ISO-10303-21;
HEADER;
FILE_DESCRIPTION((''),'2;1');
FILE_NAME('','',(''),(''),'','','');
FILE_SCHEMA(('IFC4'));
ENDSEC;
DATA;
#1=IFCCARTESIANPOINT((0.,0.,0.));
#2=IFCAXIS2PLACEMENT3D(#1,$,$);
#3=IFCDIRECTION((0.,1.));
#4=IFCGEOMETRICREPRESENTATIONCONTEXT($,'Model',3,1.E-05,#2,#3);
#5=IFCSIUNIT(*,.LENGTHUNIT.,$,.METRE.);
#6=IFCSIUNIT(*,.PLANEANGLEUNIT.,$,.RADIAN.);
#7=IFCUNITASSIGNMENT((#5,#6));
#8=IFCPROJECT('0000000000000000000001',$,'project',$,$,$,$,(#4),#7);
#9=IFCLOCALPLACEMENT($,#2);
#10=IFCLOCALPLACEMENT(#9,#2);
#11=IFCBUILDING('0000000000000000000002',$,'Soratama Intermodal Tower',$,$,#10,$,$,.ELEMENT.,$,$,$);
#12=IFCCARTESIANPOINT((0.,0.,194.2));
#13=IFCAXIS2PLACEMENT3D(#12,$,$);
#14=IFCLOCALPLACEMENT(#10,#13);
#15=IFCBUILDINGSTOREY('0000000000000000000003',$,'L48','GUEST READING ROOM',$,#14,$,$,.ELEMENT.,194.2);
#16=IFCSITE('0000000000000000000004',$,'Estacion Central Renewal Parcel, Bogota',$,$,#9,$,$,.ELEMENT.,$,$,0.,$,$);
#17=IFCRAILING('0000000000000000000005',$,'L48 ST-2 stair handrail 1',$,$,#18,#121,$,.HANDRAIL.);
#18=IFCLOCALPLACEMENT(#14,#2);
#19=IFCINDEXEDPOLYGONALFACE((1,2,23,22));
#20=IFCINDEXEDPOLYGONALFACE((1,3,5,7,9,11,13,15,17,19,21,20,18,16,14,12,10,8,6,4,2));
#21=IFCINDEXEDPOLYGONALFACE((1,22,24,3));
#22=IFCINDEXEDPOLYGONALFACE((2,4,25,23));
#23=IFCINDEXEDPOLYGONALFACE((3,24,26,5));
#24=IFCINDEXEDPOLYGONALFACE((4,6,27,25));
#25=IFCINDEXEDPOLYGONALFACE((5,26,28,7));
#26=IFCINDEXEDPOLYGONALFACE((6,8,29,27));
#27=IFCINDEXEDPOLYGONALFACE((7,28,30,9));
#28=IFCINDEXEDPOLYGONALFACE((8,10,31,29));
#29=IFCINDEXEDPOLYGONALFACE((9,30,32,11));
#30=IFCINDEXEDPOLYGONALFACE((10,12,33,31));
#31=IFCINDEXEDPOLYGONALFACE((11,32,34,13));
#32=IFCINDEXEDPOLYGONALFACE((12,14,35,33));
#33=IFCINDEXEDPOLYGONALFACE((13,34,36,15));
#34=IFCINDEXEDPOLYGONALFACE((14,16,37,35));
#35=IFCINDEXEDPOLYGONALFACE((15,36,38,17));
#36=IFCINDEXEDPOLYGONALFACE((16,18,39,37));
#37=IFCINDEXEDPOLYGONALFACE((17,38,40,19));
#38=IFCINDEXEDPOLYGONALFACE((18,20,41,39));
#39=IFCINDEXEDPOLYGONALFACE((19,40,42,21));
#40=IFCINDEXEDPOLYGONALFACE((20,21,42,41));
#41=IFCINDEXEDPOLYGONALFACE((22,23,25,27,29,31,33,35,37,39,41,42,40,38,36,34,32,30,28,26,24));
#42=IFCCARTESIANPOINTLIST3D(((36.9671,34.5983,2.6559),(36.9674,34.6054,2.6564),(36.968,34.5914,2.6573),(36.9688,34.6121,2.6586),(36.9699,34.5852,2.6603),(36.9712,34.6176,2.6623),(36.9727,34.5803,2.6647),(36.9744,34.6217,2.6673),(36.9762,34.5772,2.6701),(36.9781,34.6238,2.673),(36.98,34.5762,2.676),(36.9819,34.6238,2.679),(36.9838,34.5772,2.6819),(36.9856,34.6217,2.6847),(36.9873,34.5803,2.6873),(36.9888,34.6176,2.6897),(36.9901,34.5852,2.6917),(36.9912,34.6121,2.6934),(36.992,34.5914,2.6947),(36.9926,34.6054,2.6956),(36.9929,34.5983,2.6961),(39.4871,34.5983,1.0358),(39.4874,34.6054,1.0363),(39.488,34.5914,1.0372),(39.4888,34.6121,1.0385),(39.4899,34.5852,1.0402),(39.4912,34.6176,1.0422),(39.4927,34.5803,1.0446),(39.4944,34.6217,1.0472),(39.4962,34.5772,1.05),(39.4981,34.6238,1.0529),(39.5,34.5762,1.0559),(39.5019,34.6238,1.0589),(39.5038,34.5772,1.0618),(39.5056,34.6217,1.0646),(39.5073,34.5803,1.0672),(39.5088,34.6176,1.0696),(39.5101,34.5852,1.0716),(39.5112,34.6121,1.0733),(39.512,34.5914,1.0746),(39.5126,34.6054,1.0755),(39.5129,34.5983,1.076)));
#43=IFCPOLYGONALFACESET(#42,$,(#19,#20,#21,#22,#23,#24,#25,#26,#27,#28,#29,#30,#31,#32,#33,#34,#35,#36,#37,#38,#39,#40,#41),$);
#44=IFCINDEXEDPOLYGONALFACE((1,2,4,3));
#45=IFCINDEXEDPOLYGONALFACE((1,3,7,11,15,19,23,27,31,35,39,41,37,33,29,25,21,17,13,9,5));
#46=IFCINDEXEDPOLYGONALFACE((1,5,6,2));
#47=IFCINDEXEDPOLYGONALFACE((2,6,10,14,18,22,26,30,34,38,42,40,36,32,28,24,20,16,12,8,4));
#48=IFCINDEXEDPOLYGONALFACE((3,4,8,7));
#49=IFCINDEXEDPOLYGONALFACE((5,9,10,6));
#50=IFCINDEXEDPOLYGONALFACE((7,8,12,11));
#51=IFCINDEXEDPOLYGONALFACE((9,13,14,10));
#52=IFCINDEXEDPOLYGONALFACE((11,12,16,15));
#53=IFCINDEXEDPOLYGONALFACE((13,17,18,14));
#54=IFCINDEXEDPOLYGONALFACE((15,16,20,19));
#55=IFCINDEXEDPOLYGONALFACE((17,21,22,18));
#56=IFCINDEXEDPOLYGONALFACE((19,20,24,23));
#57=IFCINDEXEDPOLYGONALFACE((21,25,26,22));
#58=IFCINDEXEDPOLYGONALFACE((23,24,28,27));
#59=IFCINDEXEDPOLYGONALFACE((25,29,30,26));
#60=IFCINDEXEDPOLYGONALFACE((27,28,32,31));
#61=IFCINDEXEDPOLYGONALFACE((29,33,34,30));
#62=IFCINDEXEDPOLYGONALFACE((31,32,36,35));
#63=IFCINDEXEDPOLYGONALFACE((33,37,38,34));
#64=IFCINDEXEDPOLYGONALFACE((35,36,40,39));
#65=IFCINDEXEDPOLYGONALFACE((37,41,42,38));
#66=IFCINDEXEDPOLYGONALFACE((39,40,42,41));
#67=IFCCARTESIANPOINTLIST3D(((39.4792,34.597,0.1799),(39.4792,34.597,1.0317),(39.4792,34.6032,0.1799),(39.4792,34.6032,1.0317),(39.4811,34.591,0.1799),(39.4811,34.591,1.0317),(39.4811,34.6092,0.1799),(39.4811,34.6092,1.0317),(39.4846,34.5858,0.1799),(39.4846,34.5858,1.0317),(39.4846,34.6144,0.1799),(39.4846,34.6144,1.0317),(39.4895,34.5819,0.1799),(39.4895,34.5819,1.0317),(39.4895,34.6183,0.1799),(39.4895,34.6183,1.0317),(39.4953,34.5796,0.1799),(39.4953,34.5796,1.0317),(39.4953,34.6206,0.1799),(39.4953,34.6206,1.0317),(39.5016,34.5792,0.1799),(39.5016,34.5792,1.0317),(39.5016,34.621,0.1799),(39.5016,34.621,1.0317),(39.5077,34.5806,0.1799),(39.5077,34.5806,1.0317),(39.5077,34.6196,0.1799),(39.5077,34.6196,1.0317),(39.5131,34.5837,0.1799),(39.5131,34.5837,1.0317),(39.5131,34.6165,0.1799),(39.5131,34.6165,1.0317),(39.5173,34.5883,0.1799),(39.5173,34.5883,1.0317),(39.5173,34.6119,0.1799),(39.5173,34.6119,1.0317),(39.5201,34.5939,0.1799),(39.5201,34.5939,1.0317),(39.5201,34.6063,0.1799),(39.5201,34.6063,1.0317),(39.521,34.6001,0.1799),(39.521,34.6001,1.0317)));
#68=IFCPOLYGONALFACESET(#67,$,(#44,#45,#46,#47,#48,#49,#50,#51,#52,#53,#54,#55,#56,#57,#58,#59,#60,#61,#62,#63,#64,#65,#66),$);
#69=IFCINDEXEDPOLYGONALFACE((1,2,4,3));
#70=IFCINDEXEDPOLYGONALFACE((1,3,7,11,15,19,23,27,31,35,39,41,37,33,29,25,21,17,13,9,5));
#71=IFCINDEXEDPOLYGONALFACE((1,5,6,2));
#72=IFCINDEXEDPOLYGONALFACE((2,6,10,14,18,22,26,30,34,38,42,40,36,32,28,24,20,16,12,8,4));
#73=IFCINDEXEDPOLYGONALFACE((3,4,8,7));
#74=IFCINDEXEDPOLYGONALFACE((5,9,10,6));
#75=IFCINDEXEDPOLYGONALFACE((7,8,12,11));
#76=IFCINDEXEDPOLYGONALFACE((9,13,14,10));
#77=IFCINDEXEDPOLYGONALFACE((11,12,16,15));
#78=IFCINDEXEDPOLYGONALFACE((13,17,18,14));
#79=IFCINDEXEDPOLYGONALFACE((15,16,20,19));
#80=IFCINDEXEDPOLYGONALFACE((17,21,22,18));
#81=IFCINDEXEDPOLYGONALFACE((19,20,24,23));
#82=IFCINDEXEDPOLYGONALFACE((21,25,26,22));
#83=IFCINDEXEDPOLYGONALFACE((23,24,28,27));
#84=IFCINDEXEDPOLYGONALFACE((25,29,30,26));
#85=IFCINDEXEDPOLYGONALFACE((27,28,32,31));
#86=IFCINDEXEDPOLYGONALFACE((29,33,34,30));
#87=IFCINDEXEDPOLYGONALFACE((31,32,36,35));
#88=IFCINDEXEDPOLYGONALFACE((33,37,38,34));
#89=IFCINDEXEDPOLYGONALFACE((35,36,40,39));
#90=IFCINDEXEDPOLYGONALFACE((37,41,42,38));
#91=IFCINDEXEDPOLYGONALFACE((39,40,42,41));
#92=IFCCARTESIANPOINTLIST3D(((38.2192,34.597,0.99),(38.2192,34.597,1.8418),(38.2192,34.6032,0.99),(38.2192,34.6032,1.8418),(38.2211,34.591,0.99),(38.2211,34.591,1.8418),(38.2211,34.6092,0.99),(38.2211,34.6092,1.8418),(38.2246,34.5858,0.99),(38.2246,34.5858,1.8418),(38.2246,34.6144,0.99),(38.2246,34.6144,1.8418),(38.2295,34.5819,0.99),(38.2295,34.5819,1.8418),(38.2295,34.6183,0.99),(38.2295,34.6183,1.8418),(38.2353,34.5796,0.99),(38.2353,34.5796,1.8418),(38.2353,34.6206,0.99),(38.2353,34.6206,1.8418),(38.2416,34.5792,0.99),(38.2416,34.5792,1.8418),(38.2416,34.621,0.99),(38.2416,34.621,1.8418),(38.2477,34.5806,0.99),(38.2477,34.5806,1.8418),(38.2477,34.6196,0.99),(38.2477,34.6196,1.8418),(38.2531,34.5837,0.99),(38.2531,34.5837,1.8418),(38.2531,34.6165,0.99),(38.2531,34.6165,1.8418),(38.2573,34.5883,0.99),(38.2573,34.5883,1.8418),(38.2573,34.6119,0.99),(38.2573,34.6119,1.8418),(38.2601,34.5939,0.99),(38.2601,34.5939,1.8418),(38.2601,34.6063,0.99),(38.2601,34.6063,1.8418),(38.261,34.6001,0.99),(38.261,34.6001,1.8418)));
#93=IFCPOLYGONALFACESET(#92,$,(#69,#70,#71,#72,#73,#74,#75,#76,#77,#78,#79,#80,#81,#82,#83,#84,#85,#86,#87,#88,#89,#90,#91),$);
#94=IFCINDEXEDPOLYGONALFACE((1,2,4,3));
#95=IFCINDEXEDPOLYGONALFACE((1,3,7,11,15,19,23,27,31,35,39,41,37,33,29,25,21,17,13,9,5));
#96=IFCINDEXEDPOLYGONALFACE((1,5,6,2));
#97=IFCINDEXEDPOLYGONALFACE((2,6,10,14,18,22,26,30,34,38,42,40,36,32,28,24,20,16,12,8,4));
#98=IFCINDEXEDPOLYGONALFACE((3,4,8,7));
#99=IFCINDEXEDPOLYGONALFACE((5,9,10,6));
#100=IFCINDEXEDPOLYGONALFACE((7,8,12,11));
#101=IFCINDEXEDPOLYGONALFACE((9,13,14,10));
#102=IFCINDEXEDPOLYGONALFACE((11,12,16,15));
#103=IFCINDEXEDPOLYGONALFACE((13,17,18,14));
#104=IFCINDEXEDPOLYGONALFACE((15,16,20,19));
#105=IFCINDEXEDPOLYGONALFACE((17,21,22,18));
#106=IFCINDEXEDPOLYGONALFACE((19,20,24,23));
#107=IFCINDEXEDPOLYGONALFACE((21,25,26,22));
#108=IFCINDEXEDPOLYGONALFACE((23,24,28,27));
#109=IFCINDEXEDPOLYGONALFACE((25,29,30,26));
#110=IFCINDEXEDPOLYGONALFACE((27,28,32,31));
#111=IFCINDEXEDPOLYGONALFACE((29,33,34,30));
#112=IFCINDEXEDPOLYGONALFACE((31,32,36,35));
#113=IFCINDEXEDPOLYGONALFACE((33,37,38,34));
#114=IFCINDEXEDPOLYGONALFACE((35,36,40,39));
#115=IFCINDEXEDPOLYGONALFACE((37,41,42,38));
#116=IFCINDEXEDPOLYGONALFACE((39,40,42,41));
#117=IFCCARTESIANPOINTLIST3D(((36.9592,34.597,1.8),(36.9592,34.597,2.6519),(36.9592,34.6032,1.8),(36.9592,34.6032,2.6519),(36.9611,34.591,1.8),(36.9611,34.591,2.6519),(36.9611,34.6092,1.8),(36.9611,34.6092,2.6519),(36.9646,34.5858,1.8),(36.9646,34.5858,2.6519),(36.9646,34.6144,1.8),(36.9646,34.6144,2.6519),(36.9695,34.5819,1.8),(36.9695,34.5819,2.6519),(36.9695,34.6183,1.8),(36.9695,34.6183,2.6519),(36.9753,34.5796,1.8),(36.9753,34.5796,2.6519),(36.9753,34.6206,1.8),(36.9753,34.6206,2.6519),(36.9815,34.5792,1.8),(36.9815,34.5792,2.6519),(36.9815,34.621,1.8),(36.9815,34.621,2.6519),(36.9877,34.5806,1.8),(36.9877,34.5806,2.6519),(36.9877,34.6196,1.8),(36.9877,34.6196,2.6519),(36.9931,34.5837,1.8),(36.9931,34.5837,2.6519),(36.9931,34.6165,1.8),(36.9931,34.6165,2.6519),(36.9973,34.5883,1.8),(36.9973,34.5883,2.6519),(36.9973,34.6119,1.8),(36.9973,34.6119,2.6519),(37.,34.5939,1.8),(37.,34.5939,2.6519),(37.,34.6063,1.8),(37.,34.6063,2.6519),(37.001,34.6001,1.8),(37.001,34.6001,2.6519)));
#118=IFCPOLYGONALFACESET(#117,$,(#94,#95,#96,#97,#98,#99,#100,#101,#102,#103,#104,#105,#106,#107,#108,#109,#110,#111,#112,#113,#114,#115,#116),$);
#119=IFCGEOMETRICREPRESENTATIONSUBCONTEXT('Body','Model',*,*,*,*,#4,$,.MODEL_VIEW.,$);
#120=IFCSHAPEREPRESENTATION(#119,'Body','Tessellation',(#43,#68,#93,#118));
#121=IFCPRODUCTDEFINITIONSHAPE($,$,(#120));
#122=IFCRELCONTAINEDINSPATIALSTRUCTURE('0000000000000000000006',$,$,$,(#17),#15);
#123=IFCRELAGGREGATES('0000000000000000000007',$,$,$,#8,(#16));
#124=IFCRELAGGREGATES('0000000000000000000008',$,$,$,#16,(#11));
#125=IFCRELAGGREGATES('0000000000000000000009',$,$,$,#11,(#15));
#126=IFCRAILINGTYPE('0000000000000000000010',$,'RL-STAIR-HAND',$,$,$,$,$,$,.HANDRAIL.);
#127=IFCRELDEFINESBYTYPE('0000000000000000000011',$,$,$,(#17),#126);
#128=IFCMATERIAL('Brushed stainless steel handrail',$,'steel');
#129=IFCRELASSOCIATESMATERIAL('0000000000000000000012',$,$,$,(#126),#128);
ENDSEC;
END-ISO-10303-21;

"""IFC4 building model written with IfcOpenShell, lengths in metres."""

from ifc_helpers import new_model, si_unit, direction, frame, origin, origin_2d, place, context, subcontext, project, spatial, circle, extrude, material, type_object, element, save


model = new_model("IFC4")

# Units and contexts
model_context = context("Model", 3, precision=1e-05, world=origin(), true_north=direction((0.0, 1.0)))
body_context = subcontext(model_context, "Body", "Model", "MODEL_VIEW")
ifc_project = project(units=[si_unit("LENGTHUNIT", "METRE"), si_unit("PLANEANGLEUNIT", "RADIAN")], contexts=[model_context])

# Site, building, storey
site_placement = place(None, origin())
site = spatial("IfcSite", under=ifc_project, at=site_placement, Name="Estacion Central Renewal Parcel, Bogota", CompositionType="ELEMENT", RefElevation=0.0)
building_placement = place(site_placement, origin())
building = spatial("IfcBuilding", under=site, at=building_placement, Name="Soratama Intermodal Tower", CompositionType="ELEMENT")
storey_placement = place(building_placement, frame((0.0, 0.0, 194.2)))
storey = spatial("IfcBuildingStorey", under=building, at=storey_placement, Name="L48", Description="GUEST READING ROOM", CompositionType="ELEMENT", Elevation=194.2)

# Railing
ifc_material_1 = material(Name="Brushed stainless steel handrail", Category="steel")
railing_type_1 = type_object("IfcRailingType", Name="RL-STAIR-HAND", PredefinedType="HANDRAIL", material=ifc_material_1)
railing_1_placement = place(storey_placement, frame((39.5, 34.6001, 0.1799)))
element("IfcRailing", 1, at=railing_1_placement, inside=storey, type_object=railing_type_1, Name="L48 ST-2 stair handrail 1", PredefinedType="HANDRAIL", context=body_context, shape_type="SweptSolid", body=[
    extrude(circle(Radius=0.0239, at=origin_2d()), frame((0.0, 0.0, 0.876), z_axis=(-0.841163, 0.0, 0.540782), x_axis=(0.0, -1.0, 0.0)), (0.0, 0.0, 1.0), 2.9958),
    extrude(circle(Radius=0.021, at=origin_2d()), origin(), (0.0, 0.0, 1.0), 0.8518),
    extrude(circle(Radius=0.021, at=origin_2d()), frame((-1.26, 0.0, 0.8101)), (0.0, 0.0, 1.0), 0.8518),
    extrude(circle(Radius=0.021, at=origin_2d()), frame((-2.52, 0.0, 1.6201)), (0.0, 0.0, 1.0), 0.8518),
])

save(model, "model.ifc")
